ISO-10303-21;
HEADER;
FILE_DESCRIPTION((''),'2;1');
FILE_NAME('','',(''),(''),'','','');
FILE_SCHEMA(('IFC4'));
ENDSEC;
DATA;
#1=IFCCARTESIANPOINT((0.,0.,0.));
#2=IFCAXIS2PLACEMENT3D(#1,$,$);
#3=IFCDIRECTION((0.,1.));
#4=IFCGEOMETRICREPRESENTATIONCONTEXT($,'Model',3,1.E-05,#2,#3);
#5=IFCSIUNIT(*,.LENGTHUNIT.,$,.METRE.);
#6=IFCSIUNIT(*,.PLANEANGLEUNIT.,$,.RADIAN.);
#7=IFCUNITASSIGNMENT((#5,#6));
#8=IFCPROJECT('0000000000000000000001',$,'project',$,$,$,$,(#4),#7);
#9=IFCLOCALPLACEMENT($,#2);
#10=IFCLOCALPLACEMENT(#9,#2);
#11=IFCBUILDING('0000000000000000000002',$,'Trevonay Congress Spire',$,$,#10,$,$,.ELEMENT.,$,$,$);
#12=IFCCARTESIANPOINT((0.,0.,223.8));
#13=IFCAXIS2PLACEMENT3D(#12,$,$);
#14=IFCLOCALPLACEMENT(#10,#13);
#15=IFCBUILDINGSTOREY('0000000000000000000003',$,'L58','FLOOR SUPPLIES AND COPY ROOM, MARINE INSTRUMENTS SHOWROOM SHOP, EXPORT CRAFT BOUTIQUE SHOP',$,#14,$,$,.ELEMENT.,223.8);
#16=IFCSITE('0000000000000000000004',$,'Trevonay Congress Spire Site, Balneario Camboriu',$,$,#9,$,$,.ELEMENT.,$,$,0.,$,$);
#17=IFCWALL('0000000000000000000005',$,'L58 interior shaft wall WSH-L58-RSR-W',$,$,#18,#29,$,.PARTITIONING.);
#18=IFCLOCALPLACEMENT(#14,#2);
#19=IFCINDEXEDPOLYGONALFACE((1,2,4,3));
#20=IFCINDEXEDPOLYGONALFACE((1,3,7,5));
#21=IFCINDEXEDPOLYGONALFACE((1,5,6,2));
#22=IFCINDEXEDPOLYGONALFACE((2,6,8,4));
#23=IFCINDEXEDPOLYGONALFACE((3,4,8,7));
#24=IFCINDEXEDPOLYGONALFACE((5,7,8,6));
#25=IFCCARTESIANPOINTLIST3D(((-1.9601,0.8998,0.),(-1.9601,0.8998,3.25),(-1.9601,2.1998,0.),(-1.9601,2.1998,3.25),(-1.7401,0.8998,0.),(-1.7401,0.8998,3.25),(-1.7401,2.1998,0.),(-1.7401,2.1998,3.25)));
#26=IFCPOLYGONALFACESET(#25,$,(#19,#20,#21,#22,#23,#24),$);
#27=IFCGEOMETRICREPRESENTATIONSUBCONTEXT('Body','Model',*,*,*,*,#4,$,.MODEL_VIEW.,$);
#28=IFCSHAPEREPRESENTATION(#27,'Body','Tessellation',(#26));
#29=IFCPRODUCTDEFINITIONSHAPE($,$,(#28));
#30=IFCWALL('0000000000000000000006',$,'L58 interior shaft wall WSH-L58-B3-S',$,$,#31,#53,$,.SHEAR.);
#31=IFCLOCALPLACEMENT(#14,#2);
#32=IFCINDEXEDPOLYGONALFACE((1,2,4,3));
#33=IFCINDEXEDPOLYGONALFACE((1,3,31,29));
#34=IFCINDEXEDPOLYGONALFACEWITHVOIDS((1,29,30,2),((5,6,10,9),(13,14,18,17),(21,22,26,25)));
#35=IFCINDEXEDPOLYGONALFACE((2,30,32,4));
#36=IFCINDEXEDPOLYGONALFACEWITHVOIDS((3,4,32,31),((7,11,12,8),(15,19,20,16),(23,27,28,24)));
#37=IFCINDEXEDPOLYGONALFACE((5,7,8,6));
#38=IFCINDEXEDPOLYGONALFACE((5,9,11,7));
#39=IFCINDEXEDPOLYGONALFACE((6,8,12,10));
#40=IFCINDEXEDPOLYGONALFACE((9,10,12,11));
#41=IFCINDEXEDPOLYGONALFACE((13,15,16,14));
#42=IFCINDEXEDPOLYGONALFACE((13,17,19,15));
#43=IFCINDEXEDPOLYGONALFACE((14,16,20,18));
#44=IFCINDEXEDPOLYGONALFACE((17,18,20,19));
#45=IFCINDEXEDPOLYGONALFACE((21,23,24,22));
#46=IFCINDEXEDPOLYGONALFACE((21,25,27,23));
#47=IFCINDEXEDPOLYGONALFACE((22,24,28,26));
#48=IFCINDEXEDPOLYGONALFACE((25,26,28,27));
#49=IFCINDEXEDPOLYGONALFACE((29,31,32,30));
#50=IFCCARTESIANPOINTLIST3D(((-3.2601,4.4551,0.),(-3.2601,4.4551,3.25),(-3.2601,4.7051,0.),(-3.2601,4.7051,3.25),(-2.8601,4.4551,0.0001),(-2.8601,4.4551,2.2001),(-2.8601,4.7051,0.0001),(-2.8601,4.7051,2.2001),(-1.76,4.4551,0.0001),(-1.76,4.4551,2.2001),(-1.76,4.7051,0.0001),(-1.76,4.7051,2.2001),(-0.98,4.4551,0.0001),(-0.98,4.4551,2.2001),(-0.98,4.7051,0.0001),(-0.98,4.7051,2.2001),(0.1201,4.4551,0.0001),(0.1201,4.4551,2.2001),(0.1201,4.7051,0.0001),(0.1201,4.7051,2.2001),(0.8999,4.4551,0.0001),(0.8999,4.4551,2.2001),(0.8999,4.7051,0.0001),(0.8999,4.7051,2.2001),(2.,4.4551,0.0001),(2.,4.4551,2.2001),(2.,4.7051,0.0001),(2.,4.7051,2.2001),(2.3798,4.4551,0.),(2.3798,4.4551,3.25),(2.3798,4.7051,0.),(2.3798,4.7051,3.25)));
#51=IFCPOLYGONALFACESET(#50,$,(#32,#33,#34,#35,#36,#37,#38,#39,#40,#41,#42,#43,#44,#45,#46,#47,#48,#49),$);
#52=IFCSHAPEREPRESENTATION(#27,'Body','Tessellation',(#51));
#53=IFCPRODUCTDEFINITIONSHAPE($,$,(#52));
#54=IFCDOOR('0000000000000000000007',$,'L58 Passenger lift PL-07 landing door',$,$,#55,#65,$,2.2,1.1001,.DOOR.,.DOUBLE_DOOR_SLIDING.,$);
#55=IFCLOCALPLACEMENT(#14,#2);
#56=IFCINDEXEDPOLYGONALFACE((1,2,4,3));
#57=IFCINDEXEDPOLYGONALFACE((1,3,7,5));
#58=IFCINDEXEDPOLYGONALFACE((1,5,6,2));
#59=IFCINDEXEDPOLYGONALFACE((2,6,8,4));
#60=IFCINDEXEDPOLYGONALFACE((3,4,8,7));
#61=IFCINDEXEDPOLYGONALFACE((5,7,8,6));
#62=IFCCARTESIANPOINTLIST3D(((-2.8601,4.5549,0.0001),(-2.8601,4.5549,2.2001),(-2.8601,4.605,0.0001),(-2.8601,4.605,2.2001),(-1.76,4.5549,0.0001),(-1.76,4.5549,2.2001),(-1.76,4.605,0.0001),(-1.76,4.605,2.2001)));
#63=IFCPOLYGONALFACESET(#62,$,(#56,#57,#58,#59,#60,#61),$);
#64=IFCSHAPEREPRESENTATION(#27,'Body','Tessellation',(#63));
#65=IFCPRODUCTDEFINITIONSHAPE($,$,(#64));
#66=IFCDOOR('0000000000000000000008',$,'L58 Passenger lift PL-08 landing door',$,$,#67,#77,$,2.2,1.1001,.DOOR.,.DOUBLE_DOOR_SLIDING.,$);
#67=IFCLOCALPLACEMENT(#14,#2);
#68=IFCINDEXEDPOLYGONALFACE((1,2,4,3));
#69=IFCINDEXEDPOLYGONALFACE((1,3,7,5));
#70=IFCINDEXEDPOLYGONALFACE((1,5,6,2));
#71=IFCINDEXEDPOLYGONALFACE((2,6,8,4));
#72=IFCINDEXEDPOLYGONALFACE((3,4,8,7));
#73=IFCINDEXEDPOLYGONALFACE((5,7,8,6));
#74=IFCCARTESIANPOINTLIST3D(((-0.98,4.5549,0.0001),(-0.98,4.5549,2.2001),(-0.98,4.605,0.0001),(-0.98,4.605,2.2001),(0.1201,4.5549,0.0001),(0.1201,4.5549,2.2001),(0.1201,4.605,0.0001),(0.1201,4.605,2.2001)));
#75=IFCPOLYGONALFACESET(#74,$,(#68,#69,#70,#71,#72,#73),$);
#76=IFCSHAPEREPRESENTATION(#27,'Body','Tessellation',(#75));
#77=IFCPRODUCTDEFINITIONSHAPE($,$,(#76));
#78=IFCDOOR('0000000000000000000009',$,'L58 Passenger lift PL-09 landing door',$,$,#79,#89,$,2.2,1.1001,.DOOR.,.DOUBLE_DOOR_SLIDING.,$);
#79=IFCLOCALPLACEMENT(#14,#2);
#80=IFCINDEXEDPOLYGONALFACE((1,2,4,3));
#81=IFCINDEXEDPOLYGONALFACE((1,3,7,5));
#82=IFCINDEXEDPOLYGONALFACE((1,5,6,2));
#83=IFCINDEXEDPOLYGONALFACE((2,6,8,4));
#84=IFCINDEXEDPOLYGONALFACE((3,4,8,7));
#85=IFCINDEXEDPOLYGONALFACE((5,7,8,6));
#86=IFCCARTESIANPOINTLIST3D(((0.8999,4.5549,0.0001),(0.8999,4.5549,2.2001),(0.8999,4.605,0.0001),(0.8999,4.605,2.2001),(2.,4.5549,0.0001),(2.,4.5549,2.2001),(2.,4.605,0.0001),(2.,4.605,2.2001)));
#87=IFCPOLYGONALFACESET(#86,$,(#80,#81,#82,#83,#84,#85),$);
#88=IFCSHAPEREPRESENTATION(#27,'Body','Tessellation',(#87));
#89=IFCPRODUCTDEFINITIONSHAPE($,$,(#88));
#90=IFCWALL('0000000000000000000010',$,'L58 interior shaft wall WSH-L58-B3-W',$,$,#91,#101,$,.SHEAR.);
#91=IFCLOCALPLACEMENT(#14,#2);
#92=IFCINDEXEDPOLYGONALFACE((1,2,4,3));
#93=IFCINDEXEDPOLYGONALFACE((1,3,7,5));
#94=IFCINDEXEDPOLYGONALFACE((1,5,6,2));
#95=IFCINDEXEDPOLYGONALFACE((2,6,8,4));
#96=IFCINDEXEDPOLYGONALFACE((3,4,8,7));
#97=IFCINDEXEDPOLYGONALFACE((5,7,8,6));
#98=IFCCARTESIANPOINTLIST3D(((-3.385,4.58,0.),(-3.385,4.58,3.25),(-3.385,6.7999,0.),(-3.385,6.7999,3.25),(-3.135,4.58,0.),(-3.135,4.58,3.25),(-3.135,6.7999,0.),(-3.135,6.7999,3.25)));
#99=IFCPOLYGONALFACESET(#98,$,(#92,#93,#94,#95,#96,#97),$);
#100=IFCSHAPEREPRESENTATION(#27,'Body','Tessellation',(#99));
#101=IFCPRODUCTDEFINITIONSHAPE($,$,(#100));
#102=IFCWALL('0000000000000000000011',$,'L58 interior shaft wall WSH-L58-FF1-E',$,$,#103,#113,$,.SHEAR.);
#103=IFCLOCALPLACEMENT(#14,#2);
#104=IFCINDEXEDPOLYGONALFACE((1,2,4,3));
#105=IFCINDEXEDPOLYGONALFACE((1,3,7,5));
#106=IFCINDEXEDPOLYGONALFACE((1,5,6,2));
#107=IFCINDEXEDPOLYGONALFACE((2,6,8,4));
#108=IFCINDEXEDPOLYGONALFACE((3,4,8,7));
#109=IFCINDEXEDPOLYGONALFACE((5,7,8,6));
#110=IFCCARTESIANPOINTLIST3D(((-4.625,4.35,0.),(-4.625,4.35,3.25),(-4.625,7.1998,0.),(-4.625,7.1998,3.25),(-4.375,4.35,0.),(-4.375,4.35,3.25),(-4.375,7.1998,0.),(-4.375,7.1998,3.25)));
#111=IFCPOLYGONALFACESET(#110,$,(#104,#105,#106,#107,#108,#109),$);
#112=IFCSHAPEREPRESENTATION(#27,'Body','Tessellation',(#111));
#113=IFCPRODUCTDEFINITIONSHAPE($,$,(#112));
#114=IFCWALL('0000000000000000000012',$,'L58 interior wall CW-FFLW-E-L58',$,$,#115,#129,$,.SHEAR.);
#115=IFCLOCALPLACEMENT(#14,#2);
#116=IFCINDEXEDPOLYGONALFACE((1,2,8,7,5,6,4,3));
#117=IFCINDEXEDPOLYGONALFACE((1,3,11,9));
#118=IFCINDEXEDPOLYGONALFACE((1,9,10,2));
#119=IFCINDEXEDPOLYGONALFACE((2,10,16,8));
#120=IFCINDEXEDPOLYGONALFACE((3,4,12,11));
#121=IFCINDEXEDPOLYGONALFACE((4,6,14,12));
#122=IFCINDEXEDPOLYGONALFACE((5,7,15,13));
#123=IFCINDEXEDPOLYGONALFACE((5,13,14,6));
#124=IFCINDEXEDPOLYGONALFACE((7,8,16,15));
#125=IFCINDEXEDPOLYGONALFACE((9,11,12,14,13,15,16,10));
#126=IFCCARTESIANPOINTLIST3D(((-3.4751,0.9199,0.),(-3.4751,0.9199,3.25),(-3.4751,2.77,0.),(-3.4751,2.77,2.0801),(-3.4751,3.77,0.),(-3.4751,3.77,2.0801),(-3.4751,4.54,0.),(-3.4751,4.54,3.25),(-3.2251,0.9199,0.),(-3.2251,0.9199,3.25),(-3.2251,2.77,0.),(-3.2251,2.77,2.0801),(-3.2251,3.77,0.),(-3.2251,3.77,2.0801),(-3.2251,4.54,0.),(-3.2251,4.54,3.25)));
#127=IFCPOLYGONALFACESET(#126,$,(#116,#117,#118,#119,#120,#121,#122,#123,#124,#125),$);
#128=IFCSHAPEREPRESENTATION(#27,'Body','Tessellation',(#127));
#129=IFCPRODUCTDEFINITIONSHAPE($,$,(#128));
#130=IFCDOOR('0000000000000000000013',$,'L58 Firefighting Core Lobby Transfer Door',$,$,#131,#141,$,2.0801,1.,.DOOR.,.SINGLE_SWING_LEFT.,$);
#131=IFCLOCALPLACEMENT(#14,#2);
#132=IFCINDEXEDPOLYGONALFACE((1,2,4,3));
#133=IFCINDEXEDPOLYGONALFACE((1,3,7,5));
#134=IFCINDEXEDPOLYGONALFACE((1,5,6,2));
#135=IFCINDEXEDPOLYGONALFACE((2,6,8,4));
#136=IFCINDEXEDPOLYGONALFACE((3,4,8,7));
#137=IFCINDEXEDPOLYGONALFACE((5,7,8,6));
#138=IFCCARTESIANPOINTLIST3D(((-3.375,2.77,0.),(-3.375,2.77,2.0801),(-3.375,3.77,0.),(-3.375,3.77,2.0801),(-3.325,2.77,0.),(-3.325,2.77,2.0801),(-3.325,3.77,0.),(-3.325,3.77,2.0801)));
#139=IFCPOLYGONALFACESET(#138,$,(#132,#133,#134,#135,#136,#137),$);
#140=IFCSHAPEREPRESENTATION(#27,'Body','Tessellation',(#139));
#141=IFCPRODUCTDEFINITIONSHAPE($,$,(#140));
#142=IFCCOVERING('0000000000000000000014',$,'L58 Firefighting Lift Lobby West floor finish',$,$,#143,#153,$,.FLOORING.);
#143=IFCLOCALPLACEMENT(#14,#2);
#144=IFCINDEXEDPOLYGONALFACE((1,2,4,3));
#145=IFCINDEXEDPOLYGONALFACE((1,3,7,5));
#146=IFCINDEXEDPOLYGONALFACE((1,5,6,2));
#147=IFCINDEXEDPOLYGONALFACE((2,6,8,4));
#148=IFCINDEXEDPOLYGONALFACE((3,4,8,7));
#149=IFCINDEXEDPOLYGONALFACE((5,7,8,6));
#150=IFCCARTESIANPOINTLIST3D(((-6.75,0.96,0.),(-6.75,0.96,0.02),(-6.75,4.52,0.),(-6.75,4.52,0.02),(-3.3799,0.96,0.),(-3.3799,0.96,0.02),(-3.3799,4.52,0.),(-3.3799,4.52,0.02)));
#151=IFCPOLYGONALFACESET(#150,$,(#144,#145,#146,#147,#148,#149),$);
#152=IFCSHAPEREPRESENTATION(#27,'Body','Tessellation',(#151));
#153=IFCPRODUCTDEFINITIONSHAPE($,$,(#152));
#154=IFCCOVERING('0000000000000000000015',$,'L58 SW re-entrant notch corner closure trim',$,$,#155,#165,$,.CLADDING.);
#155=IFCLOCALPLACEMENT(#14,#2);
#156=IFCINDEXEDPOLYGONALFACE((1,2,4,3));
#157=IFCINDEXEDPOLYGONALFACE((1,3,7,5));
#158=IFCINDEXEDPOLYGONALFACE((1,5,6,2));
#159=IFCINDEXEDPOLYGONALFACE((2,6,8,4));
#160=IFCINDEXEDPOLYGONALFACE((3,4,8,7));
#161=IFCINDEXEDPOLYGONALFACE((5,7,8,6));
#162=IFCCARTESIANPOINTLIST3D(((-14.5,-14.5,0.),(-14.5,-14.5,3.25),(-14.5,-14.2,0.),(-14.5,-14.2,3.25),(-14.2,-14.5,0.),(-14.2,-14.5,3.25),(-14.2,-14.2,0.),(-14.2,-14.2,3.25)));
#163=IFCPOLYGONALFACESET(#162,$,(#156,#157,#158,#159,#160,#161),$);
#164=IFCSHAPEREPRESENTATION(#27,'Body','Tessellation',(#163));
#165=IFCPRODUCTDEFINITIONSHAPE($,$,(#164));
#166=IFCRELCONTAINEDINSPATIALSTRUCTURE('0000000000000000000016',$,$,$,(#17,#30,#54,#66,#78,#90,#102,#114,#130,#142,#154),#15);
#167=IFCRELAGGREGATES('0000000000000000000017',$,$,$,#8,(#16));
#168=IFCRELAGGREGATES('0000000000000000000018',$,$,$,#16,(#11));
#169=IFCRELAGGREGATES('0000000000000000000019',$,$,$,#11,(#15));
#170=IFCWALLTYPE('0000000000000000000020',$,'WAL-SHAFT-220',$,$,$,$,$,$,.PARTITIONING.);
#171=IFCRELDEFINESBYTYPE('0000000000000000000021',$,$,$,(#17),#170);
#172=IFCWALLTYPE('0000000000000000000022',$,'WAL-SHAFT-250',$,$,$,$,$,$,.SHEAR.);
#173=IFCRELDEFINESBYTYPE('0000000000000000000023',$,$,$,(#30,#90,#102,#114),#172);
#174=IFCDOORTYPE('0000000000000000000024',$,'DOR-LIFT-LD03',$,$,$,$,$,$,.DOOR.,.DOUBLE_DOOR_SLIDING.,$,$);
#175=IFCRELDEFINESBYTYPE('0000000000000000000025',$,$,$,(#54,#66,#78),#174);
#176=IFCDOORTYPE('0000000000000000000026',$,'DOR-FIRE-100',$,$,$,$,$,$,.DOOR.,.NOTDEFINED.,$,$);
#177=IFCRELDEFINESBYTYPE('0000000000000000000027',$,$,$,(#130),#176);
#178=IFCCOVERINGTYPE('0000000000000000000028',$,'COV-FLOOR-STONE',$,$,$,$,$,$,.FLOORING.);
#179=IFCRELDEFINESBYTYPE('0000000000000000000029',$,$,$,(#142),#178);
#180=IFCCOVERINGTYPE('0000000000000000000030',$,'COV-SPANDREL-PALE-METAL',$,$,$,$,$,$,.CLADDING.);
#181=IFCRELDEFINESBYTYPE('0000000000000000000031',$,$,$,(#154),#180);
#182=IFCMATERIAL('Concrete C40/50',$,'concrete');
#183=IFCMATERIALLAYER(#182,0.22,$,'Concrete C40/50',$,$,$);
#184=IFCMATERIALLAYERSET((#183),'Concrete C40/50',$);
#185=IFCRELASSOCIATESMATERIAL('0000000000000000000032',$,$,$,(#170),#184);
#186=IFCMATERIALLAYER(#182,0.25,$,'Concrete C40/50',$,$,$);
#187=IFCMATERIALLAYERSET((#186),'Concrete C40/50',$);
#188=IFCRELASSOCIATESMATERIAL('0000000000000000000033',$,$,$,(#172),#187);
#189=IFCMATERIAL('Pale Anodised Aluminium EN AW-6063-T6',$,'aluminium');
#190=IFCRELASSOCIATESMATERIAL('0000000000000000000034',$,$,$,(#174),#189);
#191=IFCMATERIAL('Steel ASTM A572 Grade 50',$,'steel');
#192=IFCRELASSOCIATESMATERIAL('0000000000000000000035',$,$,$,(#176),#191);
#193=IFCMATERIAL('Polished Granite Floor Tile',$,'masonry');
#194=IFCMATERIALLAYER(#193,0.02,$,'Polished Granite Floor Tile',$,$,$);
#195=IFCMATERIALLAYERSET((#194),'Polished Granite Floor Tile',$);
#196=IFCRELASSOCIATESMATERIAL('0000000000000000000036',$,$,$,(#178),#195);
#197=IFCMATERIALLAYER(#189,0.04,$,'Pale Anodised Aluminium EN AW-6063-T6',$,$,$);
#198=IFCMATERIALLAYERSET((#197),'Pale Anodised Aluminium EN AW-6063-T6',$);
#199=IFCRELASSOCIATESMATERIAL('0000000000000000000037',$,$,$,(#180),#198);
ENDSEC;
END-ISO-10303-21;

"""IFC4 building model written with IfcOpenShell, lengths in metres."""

from ifc_helpers import new_model, si_unit, direction, frame, frame_2d, origin, place, context, subcontext, project, spatial, polyline, rectangle, outline, extrude, material, layer, layer_set, type_object, element, fill, save


model = new_model("IFC4")

# Units and contexts
model_context = context("Model", 3, precision=1e-05, world=origin(), true_north=direction((0.0, 1.0)))
body_context = subcontext(model_context, "Body", "Model", "MODEL_VIEW")
ifc_project = project(units=[si_unit("LENGTHUNIT", "METRE"), si_unit("PLANEANGLEUNIT", "RADIAN")], contexts=[model_context])

# Site, building, storey
site_placement = place(None, origin())
site = spatial("IfcSite", under=ifc_project, at=site_placement, Name="Trevonay Congress Spire Site, Balneario Camboriu", CompositionType="ELEMENT", RefElevation=0.0)
building_placement = place(site_placement, origin())
building = spatial("IfcBuilding", under=site, at=building_placement, Name="Trevonay Congress Spire", CompositionType="ELEMENT")
storey_placement = place(building_placement, frame((0.0, 0.0, 223.8)))
storey = spatial("IfcBuildingStorey", under=building, at=storey_placement, Name="L58", Description="FLOOR SUPPLIES AND COPY ROOM, MARINE INSTRUMENTS SHOWROOM SHOP, EXPORT CRAFT BOUTIQUE SHOP", CompositionType="ELEMENT", Elevation=223.8)

# Shared definitions
ifc_material_1 = material(Name="Steel ASTM A572 Grade 50", Category="steel")

# Shared definitions
ifc_material_2 = material(Name="Concrete C40/50", Category="concrete")

# Wall
ifc_layer_1 = layer(ifc_material_2, 0.22, Name="Concrete C40/50")
ifc_layer_set_1 = layer_set([ifc_layer_1], Name="Concrete C40/50")
wall_type_1 = type_object("IfcWallType", Name="WAL-SHAFT-220", PredefinedType="PARTITIONING", material=ifc_layer_set_1)
for number, where, z_axis, x_axis, name in (
    (1, (-1.8501, 0.8999, 0.0), (0.0, 0.0, 1.0), (0.0, 1.0, 0.0), "L58 interior shaft wall WSH-L58-RSR-W"),
):
    element("IfcWall", number, at=place(storey_placement, frame(where, z_axis=z_axis, x_axis=x_axis)), inside=storey, type_object=wall_type_1, Name=name, PredefinedType="PARTITIONING", context=body_context, shape_type="SweptSolid", body=[
        extrude(rectangle(XDim=1.3, YDim=0.22, at=frame_2d((0.6499, 0.0))), origin(), (0.0, 0.0, 1.0), 3.25),
    ])

# Wall, openings, doors
ifc_layer_2 = layer(ifc_material_2, 0.25, Name="Concrete C40/50")
ifc_layer_set_2 = layer_set([ifc_layer_2], Name="Concrete C40/50")
wall_type_2 = type_object("IfcWallType", Name="WAL-SHAFT-250", PredefinedType="SHEAR", material=ifc_layer_set_2)
wall_1_placement = place(storey_placement, frame((-3.26, 4.5801, 0.0), z_axis=(0.0, 0.0, 1.0), x_axis=(1.0, 0.0, 0.0)))
wall_1 = element("IfcWall", 2, at=wall_1_placement, inside=storey, type_object=wall_type_2, Name="L58 interior shaft wall WSH-L58-B3-S", PredefinedType="SHEAR", context=body_context, shape_type="SweptSolid", body=[
    extrude(rectangle(XDim=5.6399, YDim=0.25, at=frame_2d((2.8198, 0.0))), origin(), (0.0, 0.0, 1.0), 3.25),
])
opening_1_placement = place(wall_1_placement, frame((0.3999, 0.0, 0.0)))
opening_1 = element("IfcOpeningElement", 3, at=opening_1_placement, cuts=wall_1, PredefinedType="OPENING", context=body_context, shape_type="SweptSolid", body=[
    extrude(rectangle(XDim=1.1001, YDim=2.2, at=frame_2d((0.55, 1.1001))), frame((0.0, 0.135, 0.0), z_axis=(0.0, -1.0, 0.0), x_axis=(1.0, 0.0, 0.0)), (0.0, 0.0, 1.0), 0.27),
])
opening_2_placement = place(wall_1_placement, frame((2.28, 0.0, 0.0)))
opening_2 = element("IfcOpeningElement", 4, at=opening_2_placement, cuts=wall_1, PredefinedType="OPENING", context=body_context, shape_type="SweptSolid", body=[
    extrude(rectangle(XDim=1.1001, YDim=2.2, at=frame_2d((0.55, 1.1001))), frame((0.0, 0.135, 0.0), z_axis=(0.0, -1.0, 0.0), x_axis=(1.0, 0.0, 0.0)), (0.0, 0.0, 1.0), 0.27),
])
opening_3_placement = place(wall_1_placement, frame((4.1599, 0.0, 0.0)))
opening_3 = element("IfcOpeningElement", 5, at=opening_3_placement, cuts=wall_1, PredefinedType="OPENING", context=body_context, shape_type="SweptSolid", body=[
    extrude(rectangle(XDim=1.1001, YDim=2.2, at=frame_2d((0.55, 1.1001))), frame((0.0, 0.135, 0.0), z_axis=(0.0, -1.0, 0.0), x_axis=(1.0, 0.0, 0.0)), (0.0, 0.0, 1.0), 0.27),
])
ifc_material_3 = material(Name="Pale Anodised Aluminium EN AW-6063-T6", Category="aluminium")
door_type_1 = type_object("IfcDoorType", Name="DOR-LIFT-LD03", OperationType="DOUBLE_DOOR_SLIDING", PredefinedType="DOOR", material=ifc_material_3)
door_1_placement = place(opening_1_placement, origin())
door_1 = element("IfcDoor", 6, at=door_1_placement, inside=storey, type_object=door_type_1, Name="L58 Passenger lift PL-07 landing door", OperationType="DOUBLE_DOOR_SLIDING", OverallHeight=2.2, OverallWidth=1.1001, PredefinedType="DOOR", context=body_context, shape_type="SweptSolid", body=[
    extrude(rectangle(XDim=1.1001, YDim=2.2, at=frame_2d((0.55, 1.1001))), frame((0.0, 0.0249, 0.0), z_axis=(0.0, -1.0, 0.0), x_axis=(1.0, 0.0, 0.0)), (0.0, 0.0, 1.0), 0.05),
])
fill(opening_1, door_1)
door_2_placement = place(opening_2_placement, origin())
door_2 = element("IfcDoor", 7, at=door_2_placement, inside=storey, type_object=door_type_1, Name="L58 Passenger lift PL-08 landing door", OperationType="DOUBLE_DOOR_SLIDING", OverallHeight=2.2, OverallWidth=1.1001, PredefinedType="DOOR", context=body_context, shape_type="SweptSolid", body=[
    extrude(rectangle(XDim=1.1001, YDim=2.2, at=frame_2d((0.55, 1.1001))), frame((0.0, 0.0249, 0.0), z_axis=(0.0, -1.0, 0.0), x_axis=(1.0, 0.0, 0.0)), (0.0, 0.0, 1.0), 0.05),
])
fill(opening_2, door_2)
door_3_placement = place(opening_3_placement, origin())
door_3 = element("IfcDoor", 8, at=door_3_placement, inside=storey, type_object=door_type_1, Name="L58 Passenger lift PL-09 landing door", OperationType="DOUBLE_DOOR_SLIDING", OverallHeight=2.2, OverallWidth=1.1001, PredefinedType="DOOR", context=body_context, shape_type="SweptSolid", body=[
    extrude(rectangle(XDim=1.1001, YDim=2.2, at=frame_2d((0.55, 1.1001))), frame((0.0, 0.0249, 0.0), z_axis=(0.0, -1.0, 0.0), x_axis=(1.0, 0.0, 0.0)), (0.0, 0.0, 1.0), 0.05),
])
fill(opening_3, door_3)

# Walls
wall_2_placement = place(storey_placement, frame((-3.26, 4.5801, 0.0), z_axis=(0.0, 0.0, 1.0), x_axis=(0.0, 1.0, 0.0)))
element("IfcWall", 9, at=wall_2_placement, inside=storey, type_object=wall_type_2, Name="L58 interior shaft wall WSH-L58-B3-W", PredefinedType="SHEAR", context=body_context, shape_type="SweptSolid", body=[
    extrude(rectangle(XDim=2.22, YDim=0.25, at=frame_2d((1.1099, 0.0))), origin(), (0.0, 0.0, 1.0), 3.25),
])
wall_3_placement = place(storey_placement, frame((-4.5, 4.3501, 0.0), z_axis=(0.0, 0.0, 1.0), x_axis=(0.0, 1.0, 0.0)))
element("IfcWall", 10, at=wall_3_placement, inside=storey, type_object=wall_type_2, Name="L58 interior shaft wall WSH-L58-FF1-E", PredefinedType="SHEAR", context=body_context, shape_type="SweptSolid", body=[
    extrude(rectangle(XDim=2.8499, YDim=0.25, at=frame_2d((1.4248, 0.0))), origin(), (0.0, 0.0, 1.0), 3.25),
])

# Wall, opening, door
wall_4_placement = place(storey_placement, frame((-3.3501, 0.9199, 0.0), z_axis=(0.0, 0.0, 1.0), x_axis=(0.0, 1.0, 0.0)))
wall_4 = element("IfcWall", 11, at=wall_4_placement, inside=storey, type_object=wall_type_2, Name="L58 interior wall CW-FFLW-E-L58", PredefinedType="SHEAR", context=body_context, shape_type="SweptSolid", body=[
    extrude(rectangle(XDim=3.6201, YDim=0.25, at=frame_2d((1.8101, 0.0))), origin(), (0.0, 0.0, 1.0), 3.25),
])
opening_4_placement = place(wall_4_placement, frame((1.8501, 0.0, 0.0)))
opening_4 = element("IfcOpeningElement", 12, at=opening_4_placement, cuts=wall_4, PredefinedType="OPENING", context=body_context, shape_type="SweptSolid", body=[
    extrude(rectangle(XDim=1.0, YDim=2.0801, at=frame_2d((0.5, 1.04))), frame((0.0, 0.135, 0.0), z_axis=(0.0, -1.0, 0.0), x_axis=(1.0, 0.0, 0.0)), (0.0, 0.0, 1.0), 0.27),
])
door_type_2 = type_object("IfcDoorType", Name="DOR-FIRE-100", OperationType="NOTDEFINED", PredefinedType="DOOR", material=ifc_material_1)
door_4_placement = place(opening_4_placement, origin())
door_4 = element("IfcDoor", 13, at=door_4_placement, inside=storey, type_object=door_type_2, Name="L58 Firefighting Core Lobby Transfer Door", OperationType="SINGLE_SWING_LEFT", OverallHeight=2.0801, OverallWidth=1.0, PredefinedType="DOOR", context=body_context, shape_type="SweptSolid", body=[
    extrude(rectangle(XDim=1.0, YDim=2.0801, at=frame_2d((0.5, 1.04))), frame((0.0, 0.0249, 0.0), z_axis=(0.0, -1.0, 0.0), x_axis=(1.0, 0.0, 0.0)), (0.0, 0.0, 1.0), 0.05),
])
fill(opening_4, door_4)

# Coverings
ifc_material_4 = material(Name="Polished Granite Floor Tile", Category="masonry")
ifc_layer_3 = layer(ifc_material_4, 0.02, Name="Polished Granite Floor Tile")
ifc_layer_set_3 = layer_set([ifc_layer_3], Name="Polished Granite Floor Tile")
covering_type_1 = type_object("IfcCoveringType", Name="COV-FLOOR-STONE", PredefinedType="FLOORING", material=ifc_layer_set_3)
covering_1_placement = place(storey_placement, origin())
element("IfcCovering", 14, at=covering_1_placement, inside=storey, type_object=covering_type_1, Name="L58 Firefighting Lift Lobby West floor finish", PredefinedType="FLOORING", context=body_context, shape_type="SweptSolid", body=[
    extrude(outline(polyline([(-6.75, 0.96), (-3.3799, 0.96), (-3.3799, 4.52), (-6.75, 4.52), (-6.75, 0.96)])), origin(), (0.0, 0.0, 1.0), 0.02),
])
ifc_layer_4 = layer(ifc_material_3, 0.04, Name="Pale Anodised Aluminium EN AW-6063-T6")
ifc_layer_set_4 = layer_set([ifc_layer_4], Name="Pale Anodised Aluminium EN AW-6063-T6")
covering_type_2 = type_object("IfcCoveringType", Name="COV-SPANDREL-PALE-METAL", PredefinedType="CLADDING", material=ifc_layer_set_4)
covering_2_placement = place(storey_placement, origin())
element("IfcCovering", 15, at=covering_2_placement, inside=storey, type_object=covering_type_2, Name="L58 SW re-entrant notch corner closure trim", PredefinedType="CLADDING", context=body_context, shape_type="SweptSolid", body=[
    extrude(outline(polyline([(-14.5, -14.5), (-14.2, -14.5), (-14.2, -14.2), (-14.5, -14.2), (-14.5, -14.5)])), origin(), (0.0, 0.0, 1.0), 3.25),
])

save(model, "model.ifc")
